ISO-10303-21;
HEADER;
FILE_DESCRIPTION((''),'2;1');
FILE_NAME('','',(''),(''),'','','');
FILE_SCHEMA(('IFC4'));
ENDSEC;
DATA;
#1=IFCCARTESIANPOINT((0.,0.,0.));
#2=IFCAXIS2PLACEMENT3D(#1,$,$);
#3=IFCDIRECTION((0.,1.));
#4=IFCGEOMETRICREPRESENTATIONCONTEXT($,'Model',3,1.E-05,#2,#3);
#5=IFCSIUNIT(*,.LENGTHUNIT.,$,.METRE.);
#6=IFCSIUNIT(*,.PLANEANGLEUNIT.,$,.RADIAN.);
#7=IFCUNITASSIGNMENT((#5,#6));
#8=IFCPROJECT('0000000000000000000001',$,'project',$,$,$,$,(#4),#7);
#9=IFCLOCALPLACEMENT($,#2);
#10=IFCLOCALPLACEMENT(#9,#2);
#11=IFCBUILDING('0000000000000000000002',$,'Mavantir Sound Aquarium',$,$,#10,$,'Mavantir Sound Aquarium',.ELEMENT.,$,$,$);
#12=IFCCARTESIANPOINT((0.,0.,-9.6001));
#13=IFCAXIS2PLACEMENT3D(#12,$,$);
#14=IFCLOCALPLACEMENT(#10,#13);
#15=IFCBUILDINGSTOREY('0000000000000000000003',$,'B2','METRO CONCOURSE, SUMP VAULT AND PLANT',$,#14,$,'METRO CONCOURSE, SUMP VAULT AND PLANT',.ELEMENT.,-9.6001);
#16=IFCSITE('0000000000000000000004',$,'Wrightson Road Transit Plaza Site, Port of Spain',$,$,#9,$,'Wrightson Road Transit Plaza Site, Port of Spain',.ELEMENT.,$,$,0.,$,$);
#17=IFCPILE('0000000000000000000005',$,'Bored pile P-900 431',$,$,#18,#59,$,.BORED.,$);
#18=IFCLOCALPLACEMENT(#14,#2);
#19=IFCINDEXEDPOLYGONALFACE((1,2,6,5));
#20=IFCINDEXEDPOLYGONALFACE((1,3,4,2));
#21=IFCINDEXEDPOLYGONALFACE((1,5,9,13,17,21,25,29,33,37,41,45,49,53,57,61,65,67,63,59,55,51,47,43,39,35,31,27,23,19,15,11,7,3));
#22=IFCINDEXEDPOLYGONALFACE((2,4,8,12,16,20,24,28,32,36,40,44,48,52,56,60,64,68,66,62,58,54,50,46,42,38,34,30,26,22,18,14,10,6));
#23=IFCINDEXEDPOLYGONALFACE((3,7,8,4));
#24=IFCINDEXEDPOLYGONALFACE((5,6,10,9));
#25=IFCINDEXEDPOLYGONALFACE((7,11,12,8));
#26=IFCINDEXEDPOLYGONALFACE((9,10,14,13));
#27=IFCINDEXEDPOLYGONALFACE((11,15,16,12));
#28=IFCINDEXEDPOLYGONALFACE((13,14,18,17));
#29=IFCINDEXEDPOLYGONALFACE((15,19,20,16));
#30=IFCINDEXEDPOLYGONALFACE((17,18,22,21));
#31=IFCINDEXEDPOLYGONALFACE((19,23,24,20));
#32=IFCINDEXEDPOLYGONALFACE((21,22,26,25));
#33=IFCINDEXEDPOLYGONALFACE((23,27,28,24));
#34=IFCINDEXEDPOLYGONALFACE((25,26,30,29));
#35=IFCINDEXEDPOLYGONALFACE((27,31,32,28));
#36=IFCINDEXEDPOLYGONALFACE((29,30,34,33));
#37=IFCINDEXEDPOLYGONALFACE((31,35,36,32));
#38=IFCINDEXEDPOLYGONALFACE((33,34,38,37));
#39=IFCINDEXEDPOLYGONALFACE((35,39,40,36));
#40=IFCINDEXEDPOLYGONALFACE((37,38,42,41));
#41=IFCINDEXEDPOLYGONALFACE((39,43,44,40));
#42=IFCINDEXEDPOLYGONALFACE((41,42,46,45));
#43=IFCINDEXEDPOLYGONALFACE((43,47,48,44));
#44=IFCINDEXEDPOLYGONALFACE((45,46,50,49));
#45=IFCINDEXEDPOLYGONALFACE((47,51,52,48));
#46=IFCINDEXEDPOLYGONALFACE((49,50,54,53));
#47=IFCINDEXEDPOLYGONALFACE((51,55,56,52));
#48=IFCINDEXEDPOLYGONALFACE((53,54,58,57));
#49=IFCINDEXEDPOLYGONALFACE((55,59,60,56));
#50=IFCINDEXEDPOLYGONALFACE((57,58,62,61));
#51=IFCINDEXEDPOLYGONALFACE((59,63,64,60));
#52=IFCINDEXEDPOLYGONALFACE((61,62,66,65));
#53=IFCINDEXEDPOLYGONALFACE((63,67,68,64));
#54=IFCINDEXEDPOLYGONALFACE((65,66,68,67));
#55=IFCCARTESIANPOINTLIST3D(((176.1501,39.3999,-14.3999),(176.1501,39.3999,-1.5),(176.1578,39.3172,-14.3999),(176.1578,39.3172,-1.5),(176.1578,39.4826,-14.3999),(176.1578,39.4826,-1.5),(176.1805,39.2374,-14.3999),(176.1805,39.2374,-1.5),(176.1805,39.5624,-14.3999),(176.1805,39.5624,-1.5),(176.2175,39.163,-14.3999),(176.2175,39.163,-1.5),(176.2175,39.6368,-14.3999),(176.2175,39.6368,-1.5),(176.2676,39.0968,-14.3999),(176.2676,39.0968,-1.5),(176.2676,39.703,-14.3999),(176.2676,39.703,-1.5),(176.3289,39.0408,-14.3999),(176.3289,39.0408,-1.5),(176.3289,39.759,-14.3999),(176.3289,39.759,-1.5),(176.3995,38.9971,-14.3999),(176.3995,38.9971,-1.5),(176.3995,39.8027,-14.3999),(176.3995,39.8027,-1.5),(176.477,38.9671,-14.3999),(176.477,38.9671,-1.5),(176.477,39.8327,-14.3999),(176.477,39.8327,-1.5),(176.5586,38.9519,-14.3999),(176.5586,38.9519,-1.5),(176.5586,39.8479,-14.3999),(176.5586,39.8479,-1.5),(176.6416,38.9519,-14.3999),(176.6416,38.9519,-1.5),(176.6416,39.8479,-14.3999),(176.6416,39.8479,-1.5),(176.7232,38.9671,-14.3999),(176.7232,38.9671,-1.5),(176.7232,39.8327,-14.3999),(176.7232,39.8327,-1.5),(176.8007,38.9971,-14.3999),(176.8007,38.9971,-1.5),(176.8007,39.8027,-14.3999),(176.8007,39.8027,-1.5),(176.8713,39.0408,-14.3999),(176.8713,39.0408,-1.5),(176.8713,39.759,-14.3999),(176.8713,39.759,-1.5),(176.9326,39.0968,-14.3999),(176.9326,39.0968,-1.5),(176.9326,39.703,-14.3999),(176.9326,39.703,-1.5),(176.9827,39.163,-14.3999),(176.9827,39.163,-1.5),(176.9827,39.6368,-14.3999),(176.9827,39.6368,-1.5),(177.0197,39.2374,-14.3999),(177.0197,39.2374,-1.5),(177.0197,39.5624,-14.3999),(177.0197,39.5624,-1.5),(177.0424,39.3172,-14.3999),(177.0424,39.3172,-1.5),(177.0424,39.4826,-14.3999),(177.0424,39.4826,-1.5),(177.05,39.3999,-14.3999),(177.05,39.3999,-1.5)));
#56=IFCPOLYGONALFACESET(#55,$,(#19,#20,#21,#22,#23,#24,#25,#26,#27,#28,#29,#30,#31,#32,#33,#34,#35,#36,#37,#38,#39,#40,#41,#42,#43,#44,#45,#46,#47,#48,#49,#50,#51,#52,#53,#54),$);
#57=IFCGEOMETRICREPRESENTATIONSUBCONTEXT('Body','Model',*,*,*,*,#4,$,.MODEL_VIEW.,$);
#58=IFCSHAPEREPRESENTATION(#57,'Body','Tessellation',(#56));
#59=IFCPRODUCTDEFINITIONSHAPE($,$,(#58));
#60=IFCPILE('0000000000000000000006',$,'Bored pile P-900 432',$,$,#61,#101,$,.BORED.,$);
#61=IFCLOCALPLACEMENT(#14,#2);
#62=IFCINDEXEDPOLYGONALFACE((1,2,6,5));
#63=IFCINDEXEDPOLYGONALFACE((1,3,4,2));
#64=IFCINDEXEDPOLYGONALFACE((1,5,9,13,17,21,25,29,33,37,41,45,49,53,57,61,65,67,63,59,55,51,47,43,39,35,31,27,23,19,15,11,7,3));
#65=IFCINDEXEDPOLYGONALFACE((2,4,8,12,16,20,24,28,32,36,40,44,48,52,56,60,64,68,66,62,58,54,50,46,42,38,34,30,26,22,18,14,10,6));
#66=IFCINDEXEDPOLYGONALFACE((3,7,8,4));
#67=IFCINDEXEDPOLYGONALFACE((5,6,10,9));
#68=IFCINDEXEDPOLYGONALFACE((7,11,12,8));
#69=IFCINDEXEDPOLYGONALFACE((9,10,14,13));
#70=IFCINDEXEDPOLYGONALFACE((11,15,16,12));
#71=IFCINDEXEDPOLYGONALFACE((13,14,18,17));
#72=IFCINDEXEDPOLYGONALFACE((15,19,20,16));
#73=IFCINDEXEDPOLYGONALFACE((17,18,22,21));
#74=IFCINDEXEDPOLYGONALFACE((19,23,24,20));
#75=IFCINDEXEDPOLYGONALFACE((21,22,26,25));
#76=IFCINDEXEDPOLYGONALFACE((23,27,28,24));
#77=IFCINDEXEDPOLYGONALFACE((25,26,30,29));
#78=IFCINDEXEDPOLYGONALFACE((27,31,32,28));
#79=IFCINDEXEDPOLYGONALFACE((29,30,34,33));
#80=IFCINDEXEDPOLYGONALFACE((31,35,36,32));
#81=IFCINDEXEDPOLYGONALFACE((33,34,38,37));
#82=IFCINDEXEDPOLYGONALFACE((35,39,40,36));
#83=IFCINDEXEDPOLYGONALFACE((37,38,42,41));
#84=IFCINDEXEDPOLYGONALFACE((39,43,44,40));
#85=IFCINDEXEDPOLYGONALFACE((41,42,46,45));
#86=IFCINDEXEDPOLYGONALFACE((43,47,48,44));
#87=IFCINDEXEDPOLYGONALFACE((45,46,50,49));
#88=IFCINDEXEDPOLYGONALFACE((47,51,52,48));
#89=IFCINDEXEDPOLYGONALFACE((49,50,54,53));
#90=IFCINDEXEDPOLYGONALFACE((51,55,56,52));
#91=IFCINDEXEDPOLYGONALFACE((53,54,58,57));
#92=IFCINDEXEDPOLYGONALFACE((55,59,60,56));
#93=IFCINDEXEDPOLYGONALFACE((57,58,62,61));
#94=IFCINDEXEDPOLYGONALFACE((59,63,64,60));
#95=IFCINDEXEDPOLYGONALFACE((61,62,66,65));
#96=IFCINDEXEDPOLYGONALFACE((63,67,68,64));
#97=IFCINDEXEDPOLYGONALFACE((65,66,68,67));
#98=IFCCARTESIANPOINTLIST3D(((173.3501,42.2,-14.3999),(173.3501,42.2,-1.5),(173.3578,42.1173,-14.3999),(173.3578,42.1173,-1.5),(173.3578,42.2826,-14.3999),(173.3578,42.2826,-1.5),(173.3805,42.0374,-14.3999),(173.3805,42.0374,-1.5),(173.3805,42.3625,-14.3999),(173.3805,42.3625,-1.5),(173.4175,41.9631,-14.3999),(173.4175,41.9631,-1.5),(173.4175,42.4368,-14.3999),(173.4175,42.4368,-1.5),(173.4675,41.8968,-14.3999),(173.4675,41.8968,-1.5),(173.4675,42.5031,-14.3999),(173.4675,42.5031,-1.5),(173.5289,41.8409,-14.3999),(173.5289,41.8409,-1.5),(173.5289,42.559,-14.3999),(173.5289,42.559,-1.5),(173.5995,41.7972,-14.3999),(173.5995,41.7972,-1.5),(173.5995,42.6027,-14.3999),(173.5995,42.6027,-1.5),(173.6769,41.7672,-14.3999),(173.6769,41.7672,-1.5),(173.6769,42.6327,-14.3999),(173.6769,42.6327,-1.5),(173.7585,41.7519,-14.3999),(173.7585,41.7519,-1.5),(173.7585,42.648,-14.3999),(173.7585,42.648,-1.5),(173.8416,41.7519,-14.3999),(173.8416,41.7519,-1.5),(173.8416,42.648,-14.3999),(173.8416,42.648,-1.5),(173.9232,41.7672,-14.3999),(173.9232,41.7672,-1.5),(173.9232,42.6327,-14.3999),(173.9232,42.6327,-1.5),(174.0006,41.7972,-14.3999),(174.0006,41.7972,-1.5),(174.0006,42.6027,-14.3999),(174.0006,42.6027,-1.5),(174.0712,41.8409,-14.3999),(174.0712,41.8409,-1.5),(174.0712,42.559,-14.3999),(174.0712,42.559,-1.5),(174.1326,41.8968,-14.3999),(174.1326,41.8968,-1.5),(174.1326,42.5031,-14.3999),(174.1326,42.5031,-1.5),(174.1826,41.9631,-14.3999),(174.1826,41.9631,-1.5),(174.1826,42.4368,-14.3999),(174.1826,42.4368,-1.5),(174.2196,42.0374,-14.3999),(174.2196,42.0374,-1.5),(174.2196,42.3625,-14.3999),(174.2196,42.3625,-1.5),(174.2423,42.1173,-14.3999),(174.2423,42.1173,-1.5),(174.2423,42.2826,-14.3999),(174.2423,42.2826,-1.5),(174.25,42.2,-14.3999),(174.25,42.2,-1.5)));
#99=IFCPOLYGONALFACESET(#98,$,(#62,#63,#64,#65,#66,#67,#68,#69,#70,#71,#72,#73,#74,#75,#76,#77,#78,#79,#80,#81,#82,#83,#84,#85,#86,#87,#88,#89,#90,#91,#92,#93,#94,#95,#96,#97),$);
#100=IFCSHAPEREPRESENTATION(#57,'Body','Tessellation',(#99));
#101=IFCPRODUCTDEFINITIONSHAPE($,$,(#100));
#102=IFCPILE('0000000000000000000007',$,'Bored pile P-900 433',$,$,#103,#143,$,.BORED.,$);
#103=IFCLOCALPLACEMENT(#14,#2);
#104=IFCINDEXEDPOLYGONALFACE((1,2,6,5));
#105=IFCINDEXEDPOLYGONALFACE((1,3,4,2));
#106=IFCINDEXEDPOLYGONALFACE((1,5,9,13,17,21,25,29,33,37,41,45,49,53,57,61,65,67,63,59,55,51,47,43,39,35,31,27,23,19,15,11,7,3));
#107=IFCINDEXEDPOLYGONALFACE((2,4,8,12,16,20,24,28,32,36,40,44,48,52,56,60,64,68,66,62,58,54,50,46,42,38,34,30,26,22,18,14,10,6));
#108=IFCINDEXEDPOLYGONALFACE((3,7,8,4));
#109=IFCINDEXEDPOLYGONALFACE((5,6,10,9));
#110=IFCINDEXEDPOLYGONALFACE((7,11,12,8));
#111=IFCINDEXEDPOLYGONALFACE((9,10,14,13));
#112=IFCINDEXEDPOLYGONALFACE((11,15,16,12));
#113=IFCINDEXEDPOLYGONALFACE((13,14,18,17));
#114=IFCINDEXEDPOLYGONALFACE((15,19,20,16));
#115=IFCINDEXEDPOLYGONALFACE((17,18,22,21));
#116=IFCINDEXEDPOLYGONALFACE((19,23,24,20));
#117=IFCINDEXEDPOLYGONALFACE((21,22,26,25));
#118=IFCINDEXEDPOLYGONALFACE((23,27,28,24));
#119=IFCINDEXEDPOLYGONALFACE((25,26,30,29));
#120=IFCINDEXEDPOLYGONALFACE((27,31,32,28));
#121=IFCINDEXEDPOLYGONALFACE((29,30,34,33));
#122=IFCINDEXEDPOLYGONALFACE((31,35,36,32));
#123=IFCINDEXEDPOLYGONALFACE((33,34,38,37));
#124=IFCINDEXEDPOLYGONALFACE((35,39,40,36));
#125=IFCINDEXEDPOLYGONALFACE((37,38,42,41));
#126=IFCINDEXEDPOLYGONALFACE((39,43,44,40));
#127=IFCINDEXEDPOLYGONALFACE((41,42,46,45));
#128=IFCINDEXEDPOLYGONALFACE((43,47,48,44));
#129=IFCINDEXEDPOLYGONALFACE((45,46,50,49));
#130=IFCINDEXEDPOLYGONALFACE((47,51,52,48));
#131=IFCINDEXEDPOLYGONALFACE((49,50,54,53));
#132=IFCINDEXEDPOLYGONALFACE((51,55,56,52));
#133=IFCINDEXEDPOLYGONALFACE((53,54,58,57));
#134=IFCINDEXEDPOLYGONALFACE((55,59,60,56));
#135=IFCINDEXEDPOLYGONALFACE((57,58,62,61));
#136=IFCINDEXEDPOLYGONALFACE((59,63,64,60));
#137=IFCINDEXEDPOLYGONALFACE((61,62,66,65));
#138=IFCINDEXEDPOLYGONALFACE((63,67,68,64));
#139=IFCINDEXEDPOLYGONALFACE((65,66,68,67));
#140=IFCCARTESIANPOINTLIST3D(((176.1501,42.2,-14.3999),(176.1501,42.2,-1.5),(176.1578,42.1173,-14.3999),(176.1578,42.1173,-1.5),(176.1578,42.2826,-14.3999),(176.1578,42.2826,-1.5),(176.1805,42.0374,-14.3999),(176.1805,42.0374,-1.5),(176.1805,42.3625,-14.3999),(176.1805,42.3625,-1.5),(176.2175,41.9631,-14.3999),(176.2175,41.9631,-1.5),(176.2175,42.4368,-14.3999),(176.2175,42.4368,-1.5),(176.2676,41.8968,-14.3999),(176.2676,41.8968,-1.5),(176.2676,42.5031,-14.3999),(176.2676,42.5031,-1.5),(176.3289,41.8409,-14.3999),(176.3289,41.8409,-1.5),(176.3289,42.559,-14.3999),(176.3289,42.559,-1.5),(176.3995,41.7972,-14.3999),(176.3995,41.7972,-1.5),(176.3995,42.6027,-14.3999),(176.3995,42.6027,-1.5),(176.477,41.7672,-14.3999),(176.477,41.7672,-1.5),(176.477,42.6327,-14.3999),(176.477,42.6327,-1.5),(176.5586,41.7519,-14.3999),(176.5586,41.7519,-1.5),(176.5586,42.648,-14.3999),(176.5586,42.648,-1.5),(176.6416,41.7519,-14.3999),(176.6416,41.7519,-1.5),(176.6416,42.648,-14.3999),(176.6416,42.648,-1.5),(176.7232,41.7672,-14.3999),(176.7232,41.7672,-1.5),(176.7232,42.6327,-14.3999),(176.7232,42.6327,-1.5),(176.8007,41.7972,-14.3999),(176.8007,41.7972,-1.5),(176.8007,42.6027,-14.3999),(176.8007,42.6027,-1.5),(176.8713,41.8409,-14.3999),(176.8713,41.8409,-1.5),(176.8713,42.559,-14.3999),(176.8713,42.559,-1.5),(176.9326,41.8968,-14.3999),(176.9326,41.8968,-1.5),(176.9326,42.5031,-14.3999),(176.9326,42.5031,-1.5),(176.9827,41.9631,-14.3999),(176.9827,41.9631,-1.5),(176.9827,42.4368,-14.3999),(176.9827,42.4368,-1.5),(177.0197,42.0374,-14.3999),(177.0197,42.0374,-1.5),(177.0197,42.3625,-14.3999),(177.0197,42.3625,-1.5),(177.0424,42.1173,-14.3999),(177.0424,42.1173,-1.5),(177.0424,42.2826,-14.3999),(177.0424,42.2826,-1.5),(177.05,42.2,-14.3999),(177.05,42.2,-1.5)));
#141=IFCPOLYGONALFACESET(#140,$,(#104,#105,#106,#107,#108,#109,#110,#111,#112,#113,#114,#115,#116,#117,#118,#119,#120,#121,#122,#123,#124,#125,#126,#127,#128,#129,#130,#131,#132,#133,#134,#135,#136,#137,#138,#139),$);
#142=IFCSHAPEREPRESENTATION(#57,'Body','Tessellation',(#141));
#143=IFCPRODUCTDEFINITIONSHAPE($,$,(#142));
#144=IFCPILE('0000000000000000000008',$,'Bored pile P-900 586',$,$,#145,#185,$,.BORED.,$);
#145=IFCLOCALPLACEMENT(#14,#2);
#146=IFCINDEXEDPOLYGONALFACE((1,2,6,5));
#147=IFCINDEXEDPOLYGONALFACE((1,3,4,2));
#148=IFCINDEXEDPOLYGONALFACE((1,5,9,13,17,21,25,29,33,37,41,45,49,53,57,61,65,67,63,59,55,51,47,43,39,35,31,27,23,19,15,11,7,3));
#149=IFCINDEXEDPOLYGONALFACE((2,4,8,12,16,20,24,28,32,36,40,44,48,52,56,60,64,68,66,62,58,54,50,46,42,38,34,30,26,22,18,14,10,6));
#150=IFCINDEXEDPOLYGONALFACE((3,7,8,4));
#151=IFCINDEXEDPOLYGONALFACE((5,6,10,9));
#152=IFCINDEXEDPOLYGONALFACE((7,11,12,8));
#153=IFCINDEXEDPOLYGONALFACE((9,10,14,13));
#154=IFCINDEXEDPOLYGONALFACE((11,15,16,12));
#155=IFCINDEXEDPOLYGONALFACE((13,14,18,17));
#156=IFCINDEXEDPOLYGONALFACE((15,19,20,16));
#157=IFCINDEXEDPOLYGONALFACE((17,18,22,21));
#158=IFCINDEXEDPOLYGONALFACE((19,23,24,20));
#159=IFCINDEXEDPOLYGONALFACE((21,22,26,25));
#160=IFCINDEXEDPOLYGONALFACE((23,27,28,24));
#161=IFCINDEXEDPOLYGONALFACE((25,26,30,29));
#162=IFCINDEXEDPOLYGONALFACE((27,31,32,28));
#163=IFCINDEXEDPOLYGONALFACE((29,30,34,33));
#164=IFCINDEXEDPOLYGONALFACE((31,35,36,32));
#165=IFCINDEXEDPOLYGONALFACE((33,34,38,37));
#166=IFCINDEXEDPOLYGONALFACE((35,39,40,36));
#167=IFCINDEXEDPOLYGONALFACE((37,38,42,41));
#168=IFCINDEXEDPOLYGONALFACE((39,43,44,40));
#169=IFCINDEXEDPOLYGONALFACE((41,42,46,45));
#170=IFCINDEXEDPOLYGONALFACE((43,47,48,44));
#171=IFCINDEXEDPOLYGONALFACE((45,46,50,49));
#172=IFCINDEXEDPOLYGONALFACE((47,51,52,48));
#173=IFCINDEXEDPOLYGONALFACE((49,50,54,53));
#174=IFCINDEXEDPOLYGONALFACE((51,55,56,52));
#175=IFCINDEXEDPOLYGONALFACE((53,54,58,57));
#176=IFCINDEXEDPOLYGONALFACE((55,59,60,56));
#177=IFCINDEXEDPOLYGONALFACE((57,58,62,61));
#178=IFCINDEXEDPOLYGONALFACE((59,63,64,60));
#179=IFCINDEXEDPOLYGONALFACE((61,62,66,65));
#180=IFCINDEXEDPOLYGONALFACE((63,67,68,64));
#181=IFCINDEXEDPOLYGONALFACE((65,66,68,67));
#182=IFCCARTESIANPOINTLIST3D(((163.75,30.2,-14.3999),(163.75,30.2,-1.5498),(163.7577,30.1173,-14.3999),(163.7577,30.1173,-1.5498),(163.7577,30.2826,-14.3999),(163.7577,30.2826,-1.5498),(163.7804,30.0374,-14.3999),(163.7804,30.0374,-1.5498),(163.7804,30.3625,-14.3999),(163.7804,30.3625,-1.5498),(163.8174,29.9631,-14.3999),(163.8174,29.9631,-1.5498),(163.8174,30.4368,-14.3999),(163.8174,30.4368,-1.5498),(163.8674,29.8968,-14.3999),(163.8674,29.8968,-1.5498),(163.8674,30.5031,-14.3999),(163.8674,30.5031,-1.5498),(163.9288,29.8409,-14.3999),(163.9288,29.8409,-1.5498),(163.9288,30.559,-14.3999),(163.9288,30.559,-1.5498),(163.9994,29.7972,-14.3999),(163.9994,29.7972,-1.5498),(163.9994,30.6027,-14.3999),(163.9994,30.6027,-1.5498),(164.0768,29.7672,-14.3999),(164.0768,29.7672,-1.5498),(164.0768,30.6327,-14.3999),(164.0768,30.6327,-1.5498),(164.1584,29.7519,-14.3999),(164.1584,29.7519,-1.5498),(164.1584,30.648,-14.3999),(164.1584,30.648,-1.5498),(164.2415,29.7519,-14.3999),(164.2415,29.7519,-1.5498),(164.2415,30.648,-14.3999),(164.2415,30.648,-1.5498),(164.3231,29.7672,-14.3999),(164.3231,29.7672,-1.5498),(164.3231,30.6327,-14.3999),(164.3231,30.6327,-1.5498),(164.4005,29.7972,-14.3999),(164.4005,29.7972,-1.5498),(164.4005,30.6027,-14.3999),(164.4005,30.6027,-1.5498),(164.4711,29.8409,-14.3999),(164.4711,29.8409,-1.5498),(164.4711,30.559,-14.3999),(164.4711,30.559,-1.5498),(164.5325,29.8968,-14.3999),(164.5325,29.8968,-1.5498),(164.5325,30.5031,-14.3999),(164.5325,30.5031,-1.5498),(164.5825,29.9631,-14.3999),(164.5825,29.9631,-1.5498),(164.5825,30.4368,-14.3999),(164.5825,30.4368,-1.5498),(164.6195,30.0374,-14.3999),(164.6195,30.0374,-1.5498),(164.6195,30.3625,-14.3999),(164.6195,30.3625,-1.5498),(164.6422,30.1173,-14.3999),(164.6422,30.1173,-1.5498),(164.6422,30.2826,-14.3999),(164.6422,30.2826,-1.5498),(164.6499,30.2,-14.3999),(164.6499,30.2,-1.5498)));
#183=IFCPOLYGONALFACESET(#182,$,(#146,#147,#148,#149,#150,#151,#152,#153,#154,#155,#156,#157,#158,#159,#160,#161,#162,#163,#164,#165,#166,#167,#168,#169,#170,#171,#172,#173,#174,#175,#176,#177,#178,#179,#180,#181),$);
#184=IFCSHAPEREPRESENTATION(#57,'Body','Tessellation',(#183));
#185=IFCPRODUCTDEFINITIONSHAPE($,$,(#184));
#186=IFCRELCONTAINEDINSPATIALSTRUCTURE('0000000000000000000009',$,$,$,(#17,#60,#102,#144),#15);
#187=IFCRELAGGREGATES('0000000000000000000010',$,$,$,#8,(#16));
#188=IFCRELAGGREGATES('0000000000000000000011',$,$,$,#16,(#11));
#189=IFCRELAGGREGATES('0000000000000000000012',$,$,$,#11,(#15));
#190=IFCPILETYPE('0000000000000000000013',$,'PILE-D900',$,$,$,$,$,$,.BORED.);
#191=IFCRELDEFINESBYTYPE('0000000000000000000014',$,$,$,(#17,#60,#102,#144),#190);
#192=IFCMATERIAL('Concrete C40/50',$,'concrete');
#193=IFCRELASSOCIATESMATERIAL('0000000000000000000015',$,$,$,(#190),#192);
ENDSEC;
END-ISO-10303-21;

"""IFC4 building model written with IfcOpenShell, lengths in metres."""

from ifc_helpers import new_model, si_unit, direction, frame, origin, origin_2d, place, context, subcontext, project, spatial, circle, extrude, material, material_profile, profile_set, type_object, element, save


model = new_model("IFC4")

# Units and contexts
model_context = context("Model", 3, precision=1e-05, world=origin(), true_north=direction((0.0, 1.0)))
body_context = subcontext(model_context, "Body", "Model", "MODEL_VIEW")
ifc_project = project(units=[si_unit("LENGTHUNIT", "METRE"), si_unit("PLANEANGLEUNIT", "RADIAN")], contexts=[model_context])

# Site, building, storey
site_placement = place(None, origin())
site = spatial("IfcSite", under=ifc_project, at=site_placement, Name="Wrightson Road Transit Plaza Site, Port of Spain", LongName="Wrightson Road Transit Plaza Site, Port of Spain", CompositionType="ELEMENT", RefElevation=0.0)
building_placement = place(site_placement, origin())
building = spatial("IfcBuilding", under=site, at=building_placement, Name="Mavantir Sound Aquarium", LongName="Mavantir Sound Aquarium", CompositionType="ELEMENT")
storey_placement = place(building_placement, frame((0.0, 0.0, -9.6001)))
storey = spatial("IfcBuildingStorey", under=building, at=storey_placement, Name="B2", Description="METRO CONCOURSE, SUMP VAULT AND PLANT", LongName="METRO CONCOURSE, SUMP VAULT AND PLANT", CompositionType="ELEMENT", Elevation=-9.6001)

# Shared definitions
ifc_material_1 = material(Name="Concrete C40/50", Category="concrete")

# Piles
ifc_material_profile_1 = material_profile(ifc_material_1, circle(Radius=0.45, at=origin_2d()), Name="PILE D900")
ifc_profile_set_1 = profile_set([ifc_material_profile_1], Name="Concrete C40/50")
pile_type = type_object("IfcPileType", Name="PILE-D900", PredefinedType="BORED", material=ifc_profile_set_1)
for number, where, z_axis, x_axis, name in (
    (1, (176.6001, 39.3999, -1.5), (0.0, 0.0, -1.0), (1.0, 0.0, 0.0), "Bored pile P-900 431"),
    (2, (173.8, 42.2, -1.5), (0.0, 0.0, -1.0), (1.0, 0.0, 0.0), "Bored pile P-900 432"),
    (3, (176.6001, 42.2, -1.5), (0.0, 0.0, -1.0), (1.0, 0.0, 0.0), "Bored pile P-900 433"),
):
    element("IfcPile", number, at=place(storey_placement, frame(where, z_axis=z_axis, x_axis=x_axis)), inside=storey, type_object=pile_type, Name=name, PredefinedType="BORED", context=body_context, shape_type="SweptSolid", body=[
        extrude(circle(Radius=0.45, at=origin_2d()), origin(), (0.0, 0.0, 1.0), 12.8999),
    ])
for number, where, z_axis, x_axis, name in (
    (4, (164.2, 30.2, -1.5498), (0.0, 0.0, -1.0), (1.0, 0.0, 0.0), "Bored pile P-900 586"),
):
    element("IfcPile", number, at=place(storey_placement, frame(where, z_axis=z_axis, x_axis=x_axis)), inside=storey, type_object=pile_type, Name=name, PredefinedType="BORED", context=body_context, shape_type="SweptSolid", body=[
        extrude(circle(Radius=0.45, at=origin_2d()), origin(), (0.0, 0.0, 1.0), 12.8501),
    ])

save(model, "model.ifc")
